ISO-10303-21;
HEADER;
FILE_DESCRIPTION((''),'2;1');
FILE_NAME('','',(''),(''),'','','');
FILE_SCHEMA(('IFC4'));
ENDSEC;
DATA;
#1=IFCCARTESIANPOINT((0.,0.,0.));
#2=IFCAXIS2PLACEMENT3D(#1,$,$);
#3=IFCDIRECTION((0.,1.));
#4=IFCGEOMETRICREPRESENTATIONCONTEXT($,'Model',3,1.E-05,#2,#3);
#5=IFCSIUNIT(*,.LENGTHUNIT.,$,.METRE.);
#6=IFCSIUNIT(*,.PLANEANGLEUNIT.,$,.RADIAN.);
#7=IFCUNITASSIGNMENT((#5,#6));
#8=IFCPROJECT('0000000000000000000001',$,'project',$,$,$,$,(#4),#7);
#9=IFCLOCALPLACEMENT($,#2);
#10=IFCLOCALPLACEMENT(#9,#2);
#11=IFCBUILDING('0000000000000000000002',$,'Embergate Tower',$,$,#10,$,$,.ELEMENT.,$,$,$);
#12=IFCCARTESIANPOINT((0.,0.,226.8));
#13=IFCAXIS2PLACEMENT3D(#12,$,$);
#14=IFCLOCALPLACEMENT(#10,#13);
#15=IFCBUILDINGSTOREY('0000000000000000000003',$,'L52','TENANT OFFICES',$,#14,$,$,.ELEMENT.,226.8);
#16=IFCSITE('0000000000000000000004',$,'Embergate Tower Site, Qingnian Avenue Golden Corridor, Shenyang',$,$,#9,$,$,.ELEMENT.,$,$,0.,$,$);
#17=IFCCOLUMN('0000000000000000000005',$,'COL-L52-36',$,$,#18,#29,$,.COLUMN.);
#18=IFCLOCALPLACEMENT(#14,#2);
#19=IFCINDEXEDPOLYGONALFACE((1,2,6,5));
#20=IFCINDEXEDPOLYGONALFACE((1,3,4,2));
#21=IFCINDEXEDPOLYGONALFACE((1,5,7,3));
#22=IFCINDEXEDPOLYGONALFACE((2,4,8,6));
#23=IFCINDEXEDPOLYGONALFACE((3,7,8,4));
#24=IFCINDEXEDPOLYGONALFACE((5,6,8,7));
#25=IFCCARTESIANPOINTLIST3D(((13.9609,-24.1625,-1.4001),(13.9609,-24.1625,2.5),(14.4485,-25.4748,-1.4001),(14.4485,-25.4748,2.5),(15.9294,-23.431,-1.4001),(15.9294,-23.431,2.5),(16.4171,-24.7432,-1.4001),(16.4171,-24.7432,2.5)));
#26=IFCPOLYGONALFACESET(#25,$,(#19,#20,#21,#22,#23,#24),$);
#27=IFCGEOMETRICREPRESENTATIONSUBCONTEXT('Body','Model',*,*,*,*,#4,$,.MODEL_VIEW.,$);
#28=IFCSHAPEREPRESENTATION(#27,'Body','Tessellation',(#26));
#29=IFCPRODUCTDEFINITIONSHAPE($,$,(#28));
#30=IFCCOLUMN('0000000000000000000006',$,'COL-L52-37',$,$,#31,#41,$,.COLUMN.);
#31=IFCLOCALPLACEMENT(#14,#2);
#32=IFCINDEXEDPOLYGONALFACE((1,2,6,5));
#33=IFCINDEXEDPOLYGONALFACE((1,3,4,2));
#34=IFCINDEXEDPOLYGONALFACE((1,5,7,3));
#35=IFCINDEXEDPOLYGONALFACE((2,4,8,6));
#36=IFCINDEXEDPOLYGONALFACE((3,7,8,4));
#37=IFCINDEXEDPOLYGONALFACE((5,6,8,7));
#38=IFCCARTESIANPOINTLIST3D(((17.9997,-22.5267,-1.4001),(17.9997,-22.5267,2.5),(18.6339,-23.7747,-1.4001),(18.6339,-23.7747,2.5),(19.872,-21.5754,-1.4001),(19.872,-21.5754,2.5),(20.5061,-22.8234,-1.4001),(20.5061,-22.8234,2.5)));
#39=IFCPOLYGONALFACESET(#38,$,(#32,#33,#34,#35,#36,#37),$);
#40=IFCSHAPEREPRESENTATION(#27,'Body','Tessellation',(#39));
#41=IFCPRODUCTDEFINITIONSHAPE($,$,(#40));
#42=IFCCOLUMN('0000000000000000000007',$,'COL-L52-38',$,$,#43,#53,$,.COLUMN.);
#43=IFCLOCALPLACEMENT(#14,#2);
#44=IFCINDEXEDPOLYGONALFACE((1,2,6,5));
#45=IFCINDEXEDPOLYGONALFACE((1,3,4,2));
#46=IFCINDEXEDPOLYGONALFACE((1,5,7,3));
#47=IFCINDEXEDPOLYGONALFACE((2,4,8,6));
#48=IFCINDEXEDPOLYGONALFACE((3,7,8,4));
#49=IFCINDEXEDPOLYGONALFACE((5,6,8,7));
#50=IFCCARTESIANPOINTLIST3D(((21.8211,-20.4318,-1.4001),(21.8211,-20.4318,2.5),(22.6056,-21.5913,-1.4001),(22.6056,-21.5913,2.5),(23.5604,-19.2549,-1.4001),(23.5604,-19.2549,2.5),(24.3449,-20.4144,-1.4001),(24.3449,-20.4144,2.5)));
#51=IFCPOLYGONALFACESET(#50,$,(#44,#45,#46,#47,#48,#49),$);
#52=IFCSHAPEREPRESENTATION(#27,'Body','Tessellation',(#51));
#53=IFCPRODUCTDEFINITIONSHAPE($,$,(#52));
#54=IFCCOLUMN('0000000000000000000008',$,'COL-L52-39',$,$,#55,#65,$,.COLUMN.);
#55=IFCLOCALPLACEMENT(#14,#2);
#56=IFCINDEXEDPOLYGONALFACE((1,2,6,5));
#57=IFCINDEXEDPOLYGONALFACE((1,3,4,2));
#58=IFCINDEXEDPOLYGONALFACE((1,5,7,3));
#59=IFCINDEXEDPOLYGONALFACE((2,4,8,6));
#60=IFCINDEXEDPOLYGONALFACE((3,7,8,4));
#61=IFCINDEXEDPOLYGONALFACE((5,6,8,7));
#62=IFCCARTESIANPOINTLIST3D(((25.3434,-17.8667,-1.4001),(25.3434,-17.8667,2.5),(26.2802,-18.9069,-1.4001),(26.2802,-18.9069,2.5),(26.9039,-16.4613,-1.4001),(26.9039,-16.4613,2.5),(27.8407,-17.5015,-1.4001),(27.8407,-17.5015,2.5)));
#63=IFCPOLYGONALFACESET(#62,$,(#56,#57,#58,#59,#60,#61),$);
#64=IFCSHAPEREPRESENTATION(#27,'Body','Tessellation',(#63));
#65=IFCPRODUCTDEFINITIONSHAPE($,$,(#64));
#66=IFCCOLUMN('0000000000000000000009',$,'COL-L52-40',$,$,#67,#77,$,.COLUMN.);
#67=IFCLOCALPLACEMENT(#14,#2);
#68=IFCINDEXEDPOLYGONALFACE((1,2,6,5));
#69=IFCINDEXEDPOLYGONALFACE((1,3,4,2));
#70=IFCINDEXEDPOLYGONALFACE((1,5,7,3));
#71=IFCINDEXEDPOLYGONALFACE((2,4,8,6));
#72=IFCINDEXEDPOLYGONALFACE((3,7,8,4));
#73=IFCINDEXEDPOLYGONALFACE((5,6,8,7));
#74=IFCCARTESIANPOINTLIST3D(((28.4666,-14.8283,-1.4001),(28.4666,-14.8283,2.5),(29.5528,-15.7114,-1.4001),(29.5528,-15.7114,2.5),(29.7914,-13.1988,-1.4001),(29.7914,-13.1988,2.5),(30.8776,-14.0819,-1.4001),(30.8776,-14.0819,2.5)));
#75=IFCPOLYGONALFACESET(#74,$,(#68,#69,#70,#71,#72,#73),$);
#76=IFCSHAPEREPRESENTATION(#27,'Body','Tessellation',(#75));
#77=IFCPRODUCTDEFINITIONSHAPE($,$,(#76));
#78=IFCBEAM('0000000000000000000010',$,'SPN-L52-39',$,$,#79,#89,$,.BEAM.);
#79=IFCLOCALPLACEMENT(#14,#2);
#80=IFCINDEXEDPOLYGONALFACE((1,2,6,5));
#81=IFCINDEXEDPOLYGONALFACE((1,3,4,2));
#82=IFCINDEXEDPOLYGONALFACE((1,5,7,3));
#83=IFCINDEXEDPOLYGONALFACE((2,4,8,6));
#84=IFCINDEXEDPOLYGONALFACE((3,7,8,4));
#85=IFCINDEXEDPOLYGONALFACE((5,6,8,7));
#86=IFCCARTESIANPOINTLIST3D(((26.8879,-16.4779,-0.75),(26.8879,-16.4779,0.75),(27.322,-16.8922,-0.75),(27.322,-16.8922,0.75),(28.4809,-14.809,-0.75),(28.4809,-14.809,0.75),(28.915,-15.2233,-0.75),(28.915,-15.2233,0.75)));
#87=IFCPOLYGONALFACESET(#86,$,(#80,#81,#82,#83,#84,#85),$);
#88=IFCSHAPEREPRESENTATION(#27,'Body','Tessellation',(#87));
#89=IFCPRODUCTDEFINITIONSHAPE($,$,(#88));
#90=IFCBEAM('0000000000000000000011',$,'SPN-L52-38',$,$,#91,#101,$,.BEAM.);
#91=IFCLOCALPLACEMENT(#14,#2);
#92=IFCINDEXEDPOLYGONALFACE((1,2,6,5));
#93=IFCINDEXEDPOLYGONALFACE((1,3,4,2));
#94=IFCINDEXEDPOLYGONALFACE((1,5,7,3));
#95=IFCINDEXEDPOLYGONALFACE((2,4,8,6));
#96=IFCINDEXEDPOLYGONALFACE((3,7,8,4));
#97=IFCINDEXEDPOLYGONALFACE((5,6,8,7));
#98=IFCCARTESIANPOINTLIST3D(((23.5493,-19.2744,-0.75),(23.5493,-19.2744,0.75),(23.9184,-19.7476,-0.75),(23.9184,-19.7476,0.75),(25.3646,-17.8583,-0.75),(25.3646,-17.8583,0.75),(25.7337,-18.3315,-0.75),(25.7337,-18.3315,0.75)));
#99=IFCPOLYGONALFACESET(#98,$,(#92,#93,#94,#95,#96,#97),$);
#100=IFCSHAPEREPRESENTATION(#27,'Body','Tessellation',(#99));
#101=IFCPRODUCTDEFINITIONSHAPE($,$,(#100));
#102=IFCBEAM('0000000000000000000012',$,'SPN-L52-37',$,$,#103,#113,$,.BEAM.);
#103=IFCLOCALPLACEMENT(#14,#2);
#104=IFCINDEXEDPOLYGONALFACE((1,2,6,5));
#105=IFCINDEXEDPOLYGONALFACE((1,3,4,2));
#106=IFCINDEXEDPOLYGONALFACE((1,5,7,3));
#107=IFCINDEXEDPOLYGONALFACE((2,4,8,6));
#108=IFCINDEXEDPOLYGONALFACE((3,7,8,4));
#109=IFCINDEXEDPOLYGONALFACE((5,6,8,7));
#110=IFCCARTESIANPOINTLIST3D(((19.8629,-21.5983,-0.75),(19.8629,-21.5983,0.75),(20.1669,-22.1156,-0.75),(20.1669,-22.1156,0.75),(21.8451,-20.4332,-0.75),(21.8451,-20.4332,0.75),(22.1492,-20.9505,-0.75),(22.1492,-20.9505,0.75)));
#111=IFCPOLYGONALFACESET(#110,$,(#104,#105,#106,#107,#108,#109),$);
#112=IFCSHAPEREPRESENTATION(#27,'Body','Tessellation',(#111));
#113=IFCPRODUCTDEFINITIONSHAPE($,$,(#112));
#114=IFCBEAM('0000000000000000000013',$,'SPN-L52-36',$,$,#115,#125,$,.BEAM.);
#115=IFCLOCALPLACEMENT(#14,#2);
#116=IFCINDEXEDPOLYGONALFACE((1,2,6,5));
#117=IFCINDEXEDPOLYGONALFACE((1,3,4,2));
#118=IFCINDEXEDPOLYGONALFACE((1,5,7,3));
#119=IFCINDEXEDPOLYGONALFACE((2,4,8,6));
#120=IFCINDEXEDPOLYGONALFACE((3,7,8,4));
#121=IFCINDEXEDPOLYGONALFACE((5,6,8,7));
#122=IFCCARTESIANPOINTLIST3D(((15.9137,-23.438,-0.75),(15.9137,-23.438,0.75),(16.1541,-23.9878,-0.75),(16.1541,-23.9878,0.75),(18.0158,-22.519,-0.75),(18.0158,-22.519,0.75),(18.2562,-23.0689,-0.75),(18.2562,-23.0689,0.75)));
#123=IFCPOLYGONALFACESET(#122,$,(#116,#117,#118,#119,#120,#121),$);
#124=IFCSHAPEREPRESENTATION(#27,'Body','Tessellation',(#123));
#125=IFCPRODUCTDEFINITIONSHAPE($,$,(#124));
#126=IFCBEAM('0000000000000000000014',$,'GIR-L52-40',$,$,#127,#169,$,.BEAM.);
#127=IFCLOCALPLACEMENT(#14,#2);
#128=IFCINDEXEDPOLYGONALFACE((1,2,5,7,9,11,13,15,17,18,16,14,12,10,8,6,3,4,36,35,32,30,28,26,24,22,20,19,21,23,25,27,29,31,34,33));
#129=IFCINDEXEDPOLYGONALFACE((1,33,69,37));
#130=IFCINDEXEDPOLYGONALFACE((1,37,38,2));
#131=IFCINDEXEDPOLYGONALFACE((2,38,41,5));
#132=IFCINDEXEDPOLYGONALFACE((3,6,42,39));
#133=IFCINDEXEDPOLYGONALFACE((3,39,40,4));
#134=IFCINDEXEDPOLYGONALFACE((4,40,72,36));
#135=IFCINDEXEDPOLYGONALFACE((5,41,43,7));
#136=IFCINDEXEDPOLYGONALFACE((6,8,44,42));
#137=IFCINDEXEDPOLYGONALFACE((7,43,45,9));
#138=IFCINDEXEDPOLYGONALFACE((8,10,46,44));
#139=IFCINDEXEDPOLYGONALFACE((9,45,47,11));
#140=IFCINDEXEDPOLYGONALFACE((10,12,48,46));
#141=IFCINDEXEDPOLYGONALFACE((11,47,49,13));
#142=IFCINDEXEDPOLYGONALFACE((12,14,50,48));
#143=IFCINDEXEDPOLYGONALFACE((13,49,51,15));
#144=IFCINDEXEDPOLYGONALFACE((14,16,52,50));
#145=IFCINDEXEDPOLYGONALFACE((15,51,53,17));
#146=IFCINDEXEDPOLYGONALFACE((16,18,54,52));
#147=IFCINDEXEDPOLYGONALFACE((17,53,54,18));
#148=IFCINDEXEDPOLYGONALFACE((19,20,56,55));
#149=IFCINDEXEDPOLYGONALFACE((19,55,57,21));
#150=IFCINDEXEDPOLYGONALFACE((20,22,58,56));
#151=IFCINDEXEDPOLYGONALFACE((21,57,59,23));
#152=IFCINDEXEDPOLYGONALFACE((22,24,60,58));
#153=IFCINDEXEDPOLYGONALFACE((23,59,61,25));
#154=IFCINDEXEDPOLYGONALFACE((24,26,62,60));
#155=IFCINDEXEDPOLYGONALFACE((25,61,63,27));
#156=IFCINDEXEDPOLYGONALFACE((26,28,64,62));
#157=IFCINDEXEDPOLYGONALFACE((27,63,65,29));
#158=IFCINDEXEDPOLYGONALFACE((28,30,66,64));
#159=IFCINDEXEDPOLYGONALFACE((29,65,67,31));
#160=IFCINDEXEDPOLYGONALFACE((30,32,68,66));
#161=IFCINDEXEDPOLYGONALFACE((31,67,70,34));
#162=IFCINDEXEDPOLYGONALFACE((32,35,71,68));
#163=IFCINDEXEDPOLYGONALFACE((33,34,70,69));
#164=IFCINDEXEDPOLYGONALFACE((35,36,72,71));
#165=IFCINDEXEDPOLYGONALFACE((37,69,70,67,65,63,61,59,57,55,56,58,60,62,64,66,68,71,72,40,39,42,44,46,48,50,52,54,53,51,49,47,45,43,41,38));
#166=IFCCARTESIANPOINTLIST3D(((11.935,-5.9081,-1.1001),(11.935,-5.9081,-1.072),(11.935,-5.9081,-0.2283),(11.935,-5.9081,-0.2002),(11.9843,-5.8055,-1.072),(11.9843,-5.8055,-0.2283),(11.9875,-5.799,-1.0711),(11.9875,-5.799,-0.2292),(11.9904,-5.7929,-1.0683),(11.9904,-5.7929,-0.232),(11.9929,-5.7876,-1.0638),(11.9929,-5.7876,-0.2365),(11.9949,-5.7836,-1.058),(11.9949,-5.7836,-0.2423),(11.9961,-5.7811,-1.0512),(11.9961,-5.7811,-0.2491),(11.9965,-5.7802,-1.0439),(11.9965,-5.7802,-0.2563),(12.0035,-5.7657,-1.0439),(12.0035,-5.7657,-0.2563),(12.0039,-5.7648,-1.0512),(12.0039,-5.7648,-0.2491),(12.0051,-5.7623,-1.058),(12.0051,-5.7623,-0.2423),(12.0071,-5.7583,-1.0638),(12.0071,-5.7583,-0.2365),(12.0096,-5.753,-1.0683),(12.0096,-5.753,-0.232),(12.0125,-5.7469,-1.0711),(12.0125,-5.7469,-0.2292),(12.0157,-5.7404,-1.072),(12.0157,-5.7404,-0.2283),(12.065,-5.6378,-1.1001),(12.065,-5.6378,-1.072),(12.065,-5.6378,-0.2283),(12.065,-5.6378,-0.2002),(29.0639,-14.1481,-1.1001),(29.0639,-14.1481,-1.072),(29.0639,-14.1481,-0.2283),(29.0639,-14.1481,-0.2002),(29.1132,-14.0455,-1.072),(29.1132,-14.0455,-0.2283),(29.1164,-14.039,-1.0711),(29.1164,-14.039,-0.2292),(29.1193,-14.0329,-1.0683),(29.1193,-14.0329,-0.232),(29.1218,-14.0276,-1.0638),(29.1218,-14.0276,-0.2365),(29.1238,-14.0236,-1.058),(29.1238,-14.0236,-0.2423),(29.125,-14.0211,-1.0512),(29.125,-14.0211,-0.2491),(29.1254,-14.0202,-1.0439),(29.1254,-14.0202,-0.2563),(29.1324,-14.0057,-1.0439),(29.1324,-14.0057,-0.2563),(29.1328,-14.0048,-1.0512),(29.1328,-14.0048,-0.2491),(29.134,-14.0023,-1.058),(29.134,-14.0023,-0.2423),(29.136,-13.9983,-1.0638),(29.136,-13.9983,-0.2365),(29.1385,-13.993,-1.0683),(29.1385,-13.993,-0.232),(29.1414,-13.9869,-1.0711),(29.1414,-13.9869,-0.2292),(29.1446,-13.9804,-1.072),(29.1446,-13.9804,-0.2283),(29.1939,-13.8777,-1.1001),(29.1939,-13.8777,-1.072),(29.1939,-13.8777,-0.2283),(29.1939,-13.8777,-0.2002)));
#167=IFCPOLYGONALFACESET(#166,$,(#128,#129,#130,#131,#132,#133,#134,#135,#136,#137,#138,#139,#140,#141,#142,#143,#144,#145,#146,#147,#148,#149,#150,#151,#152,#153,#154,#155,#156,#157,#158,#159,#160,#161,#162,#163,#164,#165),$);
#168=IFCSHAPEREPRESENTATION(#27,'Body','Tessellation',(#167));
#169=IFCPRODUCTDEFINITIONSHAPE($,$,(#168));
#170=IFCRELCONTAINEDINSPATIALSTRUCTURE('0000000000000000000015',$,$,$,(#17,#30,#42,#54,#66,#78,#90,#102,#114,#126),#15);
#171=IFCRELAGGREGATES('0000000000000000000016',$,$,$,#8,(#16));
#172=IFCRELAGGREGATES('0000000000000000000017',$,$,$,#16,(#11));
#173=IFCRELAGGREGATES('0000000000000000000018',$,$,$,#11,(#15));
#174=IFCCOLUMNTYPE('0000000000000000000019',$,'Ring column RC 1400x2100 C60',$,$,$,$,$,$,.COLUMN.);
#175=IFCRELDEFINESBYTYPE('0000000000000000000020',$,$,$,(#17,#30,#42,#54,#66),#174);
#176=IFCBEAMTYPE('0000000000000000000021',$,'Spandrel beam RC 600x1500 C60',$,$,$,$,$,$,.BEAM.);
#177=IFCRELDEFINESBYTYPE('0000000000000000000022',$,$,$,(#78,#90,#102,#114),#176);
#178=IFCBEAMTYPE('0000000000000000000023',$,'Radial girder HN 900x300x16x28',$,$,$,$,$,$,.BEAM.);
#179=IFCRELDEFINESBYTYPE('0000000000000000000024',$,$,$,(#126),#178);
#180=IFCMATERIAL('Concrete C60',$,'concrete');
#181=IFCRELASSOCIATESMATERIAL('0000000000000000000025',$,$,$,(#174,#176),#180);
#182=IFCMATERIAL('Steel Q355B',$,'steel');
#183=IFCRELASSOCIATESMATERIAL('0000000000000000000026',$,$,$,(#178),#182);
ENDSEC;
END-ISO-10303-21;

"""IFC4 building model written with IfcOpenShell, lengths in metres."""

from ifc_helpers import new_model, si_unit, direction, frame, origin, origin_2d, place, context, subcontext, project, spatial, rectangle, i_section, extrude, source, transform, mapped, material, material_profile, profile_set, type_object, element, save


model = new_model("IFC4")

# Units and contexts
model_context = context("Model", 3, precision=1e-05, world=origin(), true_north=direction((0.0, 1.0)))
body_context = subcontext(model_context, "Body", "Model", "MODEL_VIEW")
ifc_project = project(units=[si_unit("LENGTHUNIT", "METRE"), si_unit("PLANEANGLEUNIT", "RADIAN")], contexts=[model_context])

# Site, building, storey
site_placement = place(None, origin())
site = spatial("IfcSite", under=ifc_project, at=site_placement, Name="Embergate Tower Site, Qingnian Avenue Golden Corridor, Shenyang", CompositionType="ELEMENT", RefElevation=0.0)
building_placement = place(site_placement, origin())
building = spatial("IfcBuilding", under=site, at=building_placement, Name="Embergate Tower", CompositionType="ELEMENT")
storey_placement = place(building_placement, frame((0.0, 0.0, 226.8)))
storey = spatial("IfcBuildingStorey", under=building, at=storey_placement, Name="L52", Description="TENANT OFFICES", CompositionType="ELEMENT", Elevation=226.8)

# Columns
ifc_material_1 = material(Name="Concrete C60", Category="concrete")
ifc_material_profile_1 = material_profile(ifc_material_1, rectangle(XDim=1.3999, YDim=2.1001, at=origin_2d()), Name="RC 1400x2100")
ifc_profile_set_1 = profile_set([ifc_material_profile_1], Name="Concrete C60")
column_type = type_object("IfcColumnType", Name="Ring column RC 1400x2100 C60", PredefinedType="COLUMN", material=ifc_profile_set_1)
shared_shape_1 = source(origin(), body_context, "Body", "SweptSolid", [
    extrude(rectangle(XDim=1.3999, YDim=2.1001, at=origin_2d()), origin(), (0.0, 0.0, 1.0), 3.9001),
])
for number, where, z_axis, x_axis, name in (
    (1, (15.189, -24.4529, -1.4001), (0.0, 0.0, 1.0), (0.348343, -0.937367, 0.0), "COL-L52-36"),
    (2, (19.2529, -22.675, -1.4001), (0.0, 0.0, 1.0), (0.453011, -0.891505, 0.0), "COL-L52-37"),
    (3, (23.083, -20.4231, -1.4001), (0.0, 0.0, 1.0), (0.560393, -0.828227, 0.0), "COL-L52-38"),
    (4, (26.592, -17.6841, -1.4001), (0.0, 0.0, 1.0), (0.669221, -0.743063, 0.0), "COL-L52-39"),
    (5, (29.6721, -14.4551, -1.4001), (0.0, 0.0, 1.0), (0.775925, -0.630825, 0.0), "COL-L52-40"),
):
    element("IfcColumn", number, at=place(storey_placement, frame(where, z_axis=z_axis, x_axis=x_axis)), inside=storey, type_object=column_type, Name=name, PredefinedType="COLUMN", context=body_context, shape_type="MappedRepresentation", body=[
        mapped(shared_shape_1, transform((0.0, 0.0, 0.0))),
    ])

# Beams
ifc_material_profile_2 = material_profile(ifc_material_1, rectangle(XDim=0.6001, YDim=1.5, at=origin_2d()), Name="RC 600x1500")
ifc_profile_set_2 = profile_set([ifc_material_profile_2], Name="Concrete C60")
beam_type_1 = type_object("IfcBeamType", Name="Spandrel beam RC 600x1500 C60", PredefinedType="BEAM", material=ifc_profile_set_2)
shared_shape_2 = source(origin(), body_context, "Body", "SweptSolid", [
    extrude(rectangle(XDim=0.6001, YDim=1.5, at=origin_2d()), origin(), (0.0, 0.0, 1.0), 2.3071),
])
beam_1_placement = place(storey_placement, frame((27.105, -16.6851, 0.0), z_axis=(0.690461, 0.72337, 0.0), x_axis=(-0.72337, 0.690461, 0.0)))
element("IfcBeam", 6, at=beam_1_placement, inside=storey, type_object=beam_type_1, Name="SPN-L52-39", PredefinedType="BEAM", context=body_context, shape_type="MappedRepresentation", body=[
    mapped(shared_shape_2, transform((0.0, 0.0, 0.0))),
])
shared_shape_3 = source(origin(), body_context, "Body", "SweptSolid", [
    extrude(rectangle(XDim=0.6001, YDim=1.5, at=origin_2d()), origin(), (0.0, 0.0, 1.0), 2.3022),
])
beam_2_placement = place(storey_placement, frame((23.7339, -19.511, 0.0), z_axis=(0.788466, 0.615078, 0.0), x_axis=(-0.615078, 0.788466, 0.0)))
element("IfcBeam", 7, at=beam_2_placement, inside=storey, type_object=beam_type_1, Name="SPN-L52-38", PredefinedType="BEAM", context=body_context, shape_type="MappedRepresentation", body=[
    mapped(shared_shape_3, transform((0.0, 0.0, 0.0))),
])
shared_shape_4 = source(origin(), body_context, "Body", "SweptSolid", [
    extrude(rectangle(XDim=0.6001, YDim=1.5, at=origin_2d()), origin(), (0.0, 0.0, 1.0), 2.2993),
])
beam_3_placement = place(storey_placement, frame((20.0149, -21.8569, 0.0), z_axis=(0.862114, 0.506714, 0.0), x_axis=(-0.506714, 0.862114, 0.0)))
element("IfcBeam", 8, at=beam_3_placement, inside=storey, type_object=beam_type_1, Name="SPN-L52-37", PredefinedType="BEAM", context=body_context, shape_type="MappedRepresentation", body=[
    mapped(shared_shape_4, transform((0.0, 0.0, 0.0))),
])
shared_shape_5 = source(origin(), body_context, "Body", "SweptSolid", [
    extrude(rectangle(XDim=0.6001, YDim=1.5, at=origin_2d()), origin(), (0.0, 0.0, 1.0), 2.2942),
])
beam_4_placement = place(storey_placement, frame((16.0339, -23.7129, 0.0), z_axis=(0.91627, 0.400562, 0.0), x_axis=(-0.400562, 0.91627, 0.0)))
element("IfcBeam", 9, at=beam_4_placement, inside=storey, type_object=beam_type_1, Name="SPN-L52-36", PredefinedType="BEAM", context=body_context, shape_type="MappedRepresentation", body=[
    mapped(shared_shape_5, transform((0.0, 0.0, 0.0))),
])
ifc_material_2 = material(Name="Steel Q355B", Category="steel")
ifc_material_profile_3 = material_profile(ifc_material_2, i_section(OverallWidth=0.3, OverallDepth=0.8999, WebThickness=0.0161, FlangeThickness=0.0281, FilletRadius=0.0281, at=origin_2d()), Name="HN 900x300x16x28")
ifc_profile_set_3 = profile_set([ifc_material_profile_3], Name="Steel Q355 grade B")
beam_type_2 = type_object("IfcBeamType", Name="Radial girder HN 900x300x16x28", PredefinedType="BEAM", material=ifc_profile_set_3)
shared_shape_6 = source(origin(), body_context, "Body", "SweptSolid", [
    extrude(i_section(OverallWidth=0.3, OverallDepth=0.8999, WebThickness=0.0161, FlangeThickness=0.0281, FilletRadius=0.0281, at=origin_2d()), origin(), (0.0, 0.0, 1.0), 19.0078),
])
beam_5_placement = place(storey_placement, frame((29.1289, -14.0129, -0.6501), z_axis=(-0.901151, 0.433505, 0.0), x_axis=(-0.433505, -0.901151, 0.0)))
element("IfcBeam", 10, at=beam_5_placement, inside=storey, type_object=beam_type_2, Name="GIR-L52-40", PredefinedType="BEAM", context=body_context, shape_type="MappedRepresentation", body=[
    mapped(shared_shape_6, transform((0.0, 0.0, 0.0))),
])

save(model, "model.ifc")
